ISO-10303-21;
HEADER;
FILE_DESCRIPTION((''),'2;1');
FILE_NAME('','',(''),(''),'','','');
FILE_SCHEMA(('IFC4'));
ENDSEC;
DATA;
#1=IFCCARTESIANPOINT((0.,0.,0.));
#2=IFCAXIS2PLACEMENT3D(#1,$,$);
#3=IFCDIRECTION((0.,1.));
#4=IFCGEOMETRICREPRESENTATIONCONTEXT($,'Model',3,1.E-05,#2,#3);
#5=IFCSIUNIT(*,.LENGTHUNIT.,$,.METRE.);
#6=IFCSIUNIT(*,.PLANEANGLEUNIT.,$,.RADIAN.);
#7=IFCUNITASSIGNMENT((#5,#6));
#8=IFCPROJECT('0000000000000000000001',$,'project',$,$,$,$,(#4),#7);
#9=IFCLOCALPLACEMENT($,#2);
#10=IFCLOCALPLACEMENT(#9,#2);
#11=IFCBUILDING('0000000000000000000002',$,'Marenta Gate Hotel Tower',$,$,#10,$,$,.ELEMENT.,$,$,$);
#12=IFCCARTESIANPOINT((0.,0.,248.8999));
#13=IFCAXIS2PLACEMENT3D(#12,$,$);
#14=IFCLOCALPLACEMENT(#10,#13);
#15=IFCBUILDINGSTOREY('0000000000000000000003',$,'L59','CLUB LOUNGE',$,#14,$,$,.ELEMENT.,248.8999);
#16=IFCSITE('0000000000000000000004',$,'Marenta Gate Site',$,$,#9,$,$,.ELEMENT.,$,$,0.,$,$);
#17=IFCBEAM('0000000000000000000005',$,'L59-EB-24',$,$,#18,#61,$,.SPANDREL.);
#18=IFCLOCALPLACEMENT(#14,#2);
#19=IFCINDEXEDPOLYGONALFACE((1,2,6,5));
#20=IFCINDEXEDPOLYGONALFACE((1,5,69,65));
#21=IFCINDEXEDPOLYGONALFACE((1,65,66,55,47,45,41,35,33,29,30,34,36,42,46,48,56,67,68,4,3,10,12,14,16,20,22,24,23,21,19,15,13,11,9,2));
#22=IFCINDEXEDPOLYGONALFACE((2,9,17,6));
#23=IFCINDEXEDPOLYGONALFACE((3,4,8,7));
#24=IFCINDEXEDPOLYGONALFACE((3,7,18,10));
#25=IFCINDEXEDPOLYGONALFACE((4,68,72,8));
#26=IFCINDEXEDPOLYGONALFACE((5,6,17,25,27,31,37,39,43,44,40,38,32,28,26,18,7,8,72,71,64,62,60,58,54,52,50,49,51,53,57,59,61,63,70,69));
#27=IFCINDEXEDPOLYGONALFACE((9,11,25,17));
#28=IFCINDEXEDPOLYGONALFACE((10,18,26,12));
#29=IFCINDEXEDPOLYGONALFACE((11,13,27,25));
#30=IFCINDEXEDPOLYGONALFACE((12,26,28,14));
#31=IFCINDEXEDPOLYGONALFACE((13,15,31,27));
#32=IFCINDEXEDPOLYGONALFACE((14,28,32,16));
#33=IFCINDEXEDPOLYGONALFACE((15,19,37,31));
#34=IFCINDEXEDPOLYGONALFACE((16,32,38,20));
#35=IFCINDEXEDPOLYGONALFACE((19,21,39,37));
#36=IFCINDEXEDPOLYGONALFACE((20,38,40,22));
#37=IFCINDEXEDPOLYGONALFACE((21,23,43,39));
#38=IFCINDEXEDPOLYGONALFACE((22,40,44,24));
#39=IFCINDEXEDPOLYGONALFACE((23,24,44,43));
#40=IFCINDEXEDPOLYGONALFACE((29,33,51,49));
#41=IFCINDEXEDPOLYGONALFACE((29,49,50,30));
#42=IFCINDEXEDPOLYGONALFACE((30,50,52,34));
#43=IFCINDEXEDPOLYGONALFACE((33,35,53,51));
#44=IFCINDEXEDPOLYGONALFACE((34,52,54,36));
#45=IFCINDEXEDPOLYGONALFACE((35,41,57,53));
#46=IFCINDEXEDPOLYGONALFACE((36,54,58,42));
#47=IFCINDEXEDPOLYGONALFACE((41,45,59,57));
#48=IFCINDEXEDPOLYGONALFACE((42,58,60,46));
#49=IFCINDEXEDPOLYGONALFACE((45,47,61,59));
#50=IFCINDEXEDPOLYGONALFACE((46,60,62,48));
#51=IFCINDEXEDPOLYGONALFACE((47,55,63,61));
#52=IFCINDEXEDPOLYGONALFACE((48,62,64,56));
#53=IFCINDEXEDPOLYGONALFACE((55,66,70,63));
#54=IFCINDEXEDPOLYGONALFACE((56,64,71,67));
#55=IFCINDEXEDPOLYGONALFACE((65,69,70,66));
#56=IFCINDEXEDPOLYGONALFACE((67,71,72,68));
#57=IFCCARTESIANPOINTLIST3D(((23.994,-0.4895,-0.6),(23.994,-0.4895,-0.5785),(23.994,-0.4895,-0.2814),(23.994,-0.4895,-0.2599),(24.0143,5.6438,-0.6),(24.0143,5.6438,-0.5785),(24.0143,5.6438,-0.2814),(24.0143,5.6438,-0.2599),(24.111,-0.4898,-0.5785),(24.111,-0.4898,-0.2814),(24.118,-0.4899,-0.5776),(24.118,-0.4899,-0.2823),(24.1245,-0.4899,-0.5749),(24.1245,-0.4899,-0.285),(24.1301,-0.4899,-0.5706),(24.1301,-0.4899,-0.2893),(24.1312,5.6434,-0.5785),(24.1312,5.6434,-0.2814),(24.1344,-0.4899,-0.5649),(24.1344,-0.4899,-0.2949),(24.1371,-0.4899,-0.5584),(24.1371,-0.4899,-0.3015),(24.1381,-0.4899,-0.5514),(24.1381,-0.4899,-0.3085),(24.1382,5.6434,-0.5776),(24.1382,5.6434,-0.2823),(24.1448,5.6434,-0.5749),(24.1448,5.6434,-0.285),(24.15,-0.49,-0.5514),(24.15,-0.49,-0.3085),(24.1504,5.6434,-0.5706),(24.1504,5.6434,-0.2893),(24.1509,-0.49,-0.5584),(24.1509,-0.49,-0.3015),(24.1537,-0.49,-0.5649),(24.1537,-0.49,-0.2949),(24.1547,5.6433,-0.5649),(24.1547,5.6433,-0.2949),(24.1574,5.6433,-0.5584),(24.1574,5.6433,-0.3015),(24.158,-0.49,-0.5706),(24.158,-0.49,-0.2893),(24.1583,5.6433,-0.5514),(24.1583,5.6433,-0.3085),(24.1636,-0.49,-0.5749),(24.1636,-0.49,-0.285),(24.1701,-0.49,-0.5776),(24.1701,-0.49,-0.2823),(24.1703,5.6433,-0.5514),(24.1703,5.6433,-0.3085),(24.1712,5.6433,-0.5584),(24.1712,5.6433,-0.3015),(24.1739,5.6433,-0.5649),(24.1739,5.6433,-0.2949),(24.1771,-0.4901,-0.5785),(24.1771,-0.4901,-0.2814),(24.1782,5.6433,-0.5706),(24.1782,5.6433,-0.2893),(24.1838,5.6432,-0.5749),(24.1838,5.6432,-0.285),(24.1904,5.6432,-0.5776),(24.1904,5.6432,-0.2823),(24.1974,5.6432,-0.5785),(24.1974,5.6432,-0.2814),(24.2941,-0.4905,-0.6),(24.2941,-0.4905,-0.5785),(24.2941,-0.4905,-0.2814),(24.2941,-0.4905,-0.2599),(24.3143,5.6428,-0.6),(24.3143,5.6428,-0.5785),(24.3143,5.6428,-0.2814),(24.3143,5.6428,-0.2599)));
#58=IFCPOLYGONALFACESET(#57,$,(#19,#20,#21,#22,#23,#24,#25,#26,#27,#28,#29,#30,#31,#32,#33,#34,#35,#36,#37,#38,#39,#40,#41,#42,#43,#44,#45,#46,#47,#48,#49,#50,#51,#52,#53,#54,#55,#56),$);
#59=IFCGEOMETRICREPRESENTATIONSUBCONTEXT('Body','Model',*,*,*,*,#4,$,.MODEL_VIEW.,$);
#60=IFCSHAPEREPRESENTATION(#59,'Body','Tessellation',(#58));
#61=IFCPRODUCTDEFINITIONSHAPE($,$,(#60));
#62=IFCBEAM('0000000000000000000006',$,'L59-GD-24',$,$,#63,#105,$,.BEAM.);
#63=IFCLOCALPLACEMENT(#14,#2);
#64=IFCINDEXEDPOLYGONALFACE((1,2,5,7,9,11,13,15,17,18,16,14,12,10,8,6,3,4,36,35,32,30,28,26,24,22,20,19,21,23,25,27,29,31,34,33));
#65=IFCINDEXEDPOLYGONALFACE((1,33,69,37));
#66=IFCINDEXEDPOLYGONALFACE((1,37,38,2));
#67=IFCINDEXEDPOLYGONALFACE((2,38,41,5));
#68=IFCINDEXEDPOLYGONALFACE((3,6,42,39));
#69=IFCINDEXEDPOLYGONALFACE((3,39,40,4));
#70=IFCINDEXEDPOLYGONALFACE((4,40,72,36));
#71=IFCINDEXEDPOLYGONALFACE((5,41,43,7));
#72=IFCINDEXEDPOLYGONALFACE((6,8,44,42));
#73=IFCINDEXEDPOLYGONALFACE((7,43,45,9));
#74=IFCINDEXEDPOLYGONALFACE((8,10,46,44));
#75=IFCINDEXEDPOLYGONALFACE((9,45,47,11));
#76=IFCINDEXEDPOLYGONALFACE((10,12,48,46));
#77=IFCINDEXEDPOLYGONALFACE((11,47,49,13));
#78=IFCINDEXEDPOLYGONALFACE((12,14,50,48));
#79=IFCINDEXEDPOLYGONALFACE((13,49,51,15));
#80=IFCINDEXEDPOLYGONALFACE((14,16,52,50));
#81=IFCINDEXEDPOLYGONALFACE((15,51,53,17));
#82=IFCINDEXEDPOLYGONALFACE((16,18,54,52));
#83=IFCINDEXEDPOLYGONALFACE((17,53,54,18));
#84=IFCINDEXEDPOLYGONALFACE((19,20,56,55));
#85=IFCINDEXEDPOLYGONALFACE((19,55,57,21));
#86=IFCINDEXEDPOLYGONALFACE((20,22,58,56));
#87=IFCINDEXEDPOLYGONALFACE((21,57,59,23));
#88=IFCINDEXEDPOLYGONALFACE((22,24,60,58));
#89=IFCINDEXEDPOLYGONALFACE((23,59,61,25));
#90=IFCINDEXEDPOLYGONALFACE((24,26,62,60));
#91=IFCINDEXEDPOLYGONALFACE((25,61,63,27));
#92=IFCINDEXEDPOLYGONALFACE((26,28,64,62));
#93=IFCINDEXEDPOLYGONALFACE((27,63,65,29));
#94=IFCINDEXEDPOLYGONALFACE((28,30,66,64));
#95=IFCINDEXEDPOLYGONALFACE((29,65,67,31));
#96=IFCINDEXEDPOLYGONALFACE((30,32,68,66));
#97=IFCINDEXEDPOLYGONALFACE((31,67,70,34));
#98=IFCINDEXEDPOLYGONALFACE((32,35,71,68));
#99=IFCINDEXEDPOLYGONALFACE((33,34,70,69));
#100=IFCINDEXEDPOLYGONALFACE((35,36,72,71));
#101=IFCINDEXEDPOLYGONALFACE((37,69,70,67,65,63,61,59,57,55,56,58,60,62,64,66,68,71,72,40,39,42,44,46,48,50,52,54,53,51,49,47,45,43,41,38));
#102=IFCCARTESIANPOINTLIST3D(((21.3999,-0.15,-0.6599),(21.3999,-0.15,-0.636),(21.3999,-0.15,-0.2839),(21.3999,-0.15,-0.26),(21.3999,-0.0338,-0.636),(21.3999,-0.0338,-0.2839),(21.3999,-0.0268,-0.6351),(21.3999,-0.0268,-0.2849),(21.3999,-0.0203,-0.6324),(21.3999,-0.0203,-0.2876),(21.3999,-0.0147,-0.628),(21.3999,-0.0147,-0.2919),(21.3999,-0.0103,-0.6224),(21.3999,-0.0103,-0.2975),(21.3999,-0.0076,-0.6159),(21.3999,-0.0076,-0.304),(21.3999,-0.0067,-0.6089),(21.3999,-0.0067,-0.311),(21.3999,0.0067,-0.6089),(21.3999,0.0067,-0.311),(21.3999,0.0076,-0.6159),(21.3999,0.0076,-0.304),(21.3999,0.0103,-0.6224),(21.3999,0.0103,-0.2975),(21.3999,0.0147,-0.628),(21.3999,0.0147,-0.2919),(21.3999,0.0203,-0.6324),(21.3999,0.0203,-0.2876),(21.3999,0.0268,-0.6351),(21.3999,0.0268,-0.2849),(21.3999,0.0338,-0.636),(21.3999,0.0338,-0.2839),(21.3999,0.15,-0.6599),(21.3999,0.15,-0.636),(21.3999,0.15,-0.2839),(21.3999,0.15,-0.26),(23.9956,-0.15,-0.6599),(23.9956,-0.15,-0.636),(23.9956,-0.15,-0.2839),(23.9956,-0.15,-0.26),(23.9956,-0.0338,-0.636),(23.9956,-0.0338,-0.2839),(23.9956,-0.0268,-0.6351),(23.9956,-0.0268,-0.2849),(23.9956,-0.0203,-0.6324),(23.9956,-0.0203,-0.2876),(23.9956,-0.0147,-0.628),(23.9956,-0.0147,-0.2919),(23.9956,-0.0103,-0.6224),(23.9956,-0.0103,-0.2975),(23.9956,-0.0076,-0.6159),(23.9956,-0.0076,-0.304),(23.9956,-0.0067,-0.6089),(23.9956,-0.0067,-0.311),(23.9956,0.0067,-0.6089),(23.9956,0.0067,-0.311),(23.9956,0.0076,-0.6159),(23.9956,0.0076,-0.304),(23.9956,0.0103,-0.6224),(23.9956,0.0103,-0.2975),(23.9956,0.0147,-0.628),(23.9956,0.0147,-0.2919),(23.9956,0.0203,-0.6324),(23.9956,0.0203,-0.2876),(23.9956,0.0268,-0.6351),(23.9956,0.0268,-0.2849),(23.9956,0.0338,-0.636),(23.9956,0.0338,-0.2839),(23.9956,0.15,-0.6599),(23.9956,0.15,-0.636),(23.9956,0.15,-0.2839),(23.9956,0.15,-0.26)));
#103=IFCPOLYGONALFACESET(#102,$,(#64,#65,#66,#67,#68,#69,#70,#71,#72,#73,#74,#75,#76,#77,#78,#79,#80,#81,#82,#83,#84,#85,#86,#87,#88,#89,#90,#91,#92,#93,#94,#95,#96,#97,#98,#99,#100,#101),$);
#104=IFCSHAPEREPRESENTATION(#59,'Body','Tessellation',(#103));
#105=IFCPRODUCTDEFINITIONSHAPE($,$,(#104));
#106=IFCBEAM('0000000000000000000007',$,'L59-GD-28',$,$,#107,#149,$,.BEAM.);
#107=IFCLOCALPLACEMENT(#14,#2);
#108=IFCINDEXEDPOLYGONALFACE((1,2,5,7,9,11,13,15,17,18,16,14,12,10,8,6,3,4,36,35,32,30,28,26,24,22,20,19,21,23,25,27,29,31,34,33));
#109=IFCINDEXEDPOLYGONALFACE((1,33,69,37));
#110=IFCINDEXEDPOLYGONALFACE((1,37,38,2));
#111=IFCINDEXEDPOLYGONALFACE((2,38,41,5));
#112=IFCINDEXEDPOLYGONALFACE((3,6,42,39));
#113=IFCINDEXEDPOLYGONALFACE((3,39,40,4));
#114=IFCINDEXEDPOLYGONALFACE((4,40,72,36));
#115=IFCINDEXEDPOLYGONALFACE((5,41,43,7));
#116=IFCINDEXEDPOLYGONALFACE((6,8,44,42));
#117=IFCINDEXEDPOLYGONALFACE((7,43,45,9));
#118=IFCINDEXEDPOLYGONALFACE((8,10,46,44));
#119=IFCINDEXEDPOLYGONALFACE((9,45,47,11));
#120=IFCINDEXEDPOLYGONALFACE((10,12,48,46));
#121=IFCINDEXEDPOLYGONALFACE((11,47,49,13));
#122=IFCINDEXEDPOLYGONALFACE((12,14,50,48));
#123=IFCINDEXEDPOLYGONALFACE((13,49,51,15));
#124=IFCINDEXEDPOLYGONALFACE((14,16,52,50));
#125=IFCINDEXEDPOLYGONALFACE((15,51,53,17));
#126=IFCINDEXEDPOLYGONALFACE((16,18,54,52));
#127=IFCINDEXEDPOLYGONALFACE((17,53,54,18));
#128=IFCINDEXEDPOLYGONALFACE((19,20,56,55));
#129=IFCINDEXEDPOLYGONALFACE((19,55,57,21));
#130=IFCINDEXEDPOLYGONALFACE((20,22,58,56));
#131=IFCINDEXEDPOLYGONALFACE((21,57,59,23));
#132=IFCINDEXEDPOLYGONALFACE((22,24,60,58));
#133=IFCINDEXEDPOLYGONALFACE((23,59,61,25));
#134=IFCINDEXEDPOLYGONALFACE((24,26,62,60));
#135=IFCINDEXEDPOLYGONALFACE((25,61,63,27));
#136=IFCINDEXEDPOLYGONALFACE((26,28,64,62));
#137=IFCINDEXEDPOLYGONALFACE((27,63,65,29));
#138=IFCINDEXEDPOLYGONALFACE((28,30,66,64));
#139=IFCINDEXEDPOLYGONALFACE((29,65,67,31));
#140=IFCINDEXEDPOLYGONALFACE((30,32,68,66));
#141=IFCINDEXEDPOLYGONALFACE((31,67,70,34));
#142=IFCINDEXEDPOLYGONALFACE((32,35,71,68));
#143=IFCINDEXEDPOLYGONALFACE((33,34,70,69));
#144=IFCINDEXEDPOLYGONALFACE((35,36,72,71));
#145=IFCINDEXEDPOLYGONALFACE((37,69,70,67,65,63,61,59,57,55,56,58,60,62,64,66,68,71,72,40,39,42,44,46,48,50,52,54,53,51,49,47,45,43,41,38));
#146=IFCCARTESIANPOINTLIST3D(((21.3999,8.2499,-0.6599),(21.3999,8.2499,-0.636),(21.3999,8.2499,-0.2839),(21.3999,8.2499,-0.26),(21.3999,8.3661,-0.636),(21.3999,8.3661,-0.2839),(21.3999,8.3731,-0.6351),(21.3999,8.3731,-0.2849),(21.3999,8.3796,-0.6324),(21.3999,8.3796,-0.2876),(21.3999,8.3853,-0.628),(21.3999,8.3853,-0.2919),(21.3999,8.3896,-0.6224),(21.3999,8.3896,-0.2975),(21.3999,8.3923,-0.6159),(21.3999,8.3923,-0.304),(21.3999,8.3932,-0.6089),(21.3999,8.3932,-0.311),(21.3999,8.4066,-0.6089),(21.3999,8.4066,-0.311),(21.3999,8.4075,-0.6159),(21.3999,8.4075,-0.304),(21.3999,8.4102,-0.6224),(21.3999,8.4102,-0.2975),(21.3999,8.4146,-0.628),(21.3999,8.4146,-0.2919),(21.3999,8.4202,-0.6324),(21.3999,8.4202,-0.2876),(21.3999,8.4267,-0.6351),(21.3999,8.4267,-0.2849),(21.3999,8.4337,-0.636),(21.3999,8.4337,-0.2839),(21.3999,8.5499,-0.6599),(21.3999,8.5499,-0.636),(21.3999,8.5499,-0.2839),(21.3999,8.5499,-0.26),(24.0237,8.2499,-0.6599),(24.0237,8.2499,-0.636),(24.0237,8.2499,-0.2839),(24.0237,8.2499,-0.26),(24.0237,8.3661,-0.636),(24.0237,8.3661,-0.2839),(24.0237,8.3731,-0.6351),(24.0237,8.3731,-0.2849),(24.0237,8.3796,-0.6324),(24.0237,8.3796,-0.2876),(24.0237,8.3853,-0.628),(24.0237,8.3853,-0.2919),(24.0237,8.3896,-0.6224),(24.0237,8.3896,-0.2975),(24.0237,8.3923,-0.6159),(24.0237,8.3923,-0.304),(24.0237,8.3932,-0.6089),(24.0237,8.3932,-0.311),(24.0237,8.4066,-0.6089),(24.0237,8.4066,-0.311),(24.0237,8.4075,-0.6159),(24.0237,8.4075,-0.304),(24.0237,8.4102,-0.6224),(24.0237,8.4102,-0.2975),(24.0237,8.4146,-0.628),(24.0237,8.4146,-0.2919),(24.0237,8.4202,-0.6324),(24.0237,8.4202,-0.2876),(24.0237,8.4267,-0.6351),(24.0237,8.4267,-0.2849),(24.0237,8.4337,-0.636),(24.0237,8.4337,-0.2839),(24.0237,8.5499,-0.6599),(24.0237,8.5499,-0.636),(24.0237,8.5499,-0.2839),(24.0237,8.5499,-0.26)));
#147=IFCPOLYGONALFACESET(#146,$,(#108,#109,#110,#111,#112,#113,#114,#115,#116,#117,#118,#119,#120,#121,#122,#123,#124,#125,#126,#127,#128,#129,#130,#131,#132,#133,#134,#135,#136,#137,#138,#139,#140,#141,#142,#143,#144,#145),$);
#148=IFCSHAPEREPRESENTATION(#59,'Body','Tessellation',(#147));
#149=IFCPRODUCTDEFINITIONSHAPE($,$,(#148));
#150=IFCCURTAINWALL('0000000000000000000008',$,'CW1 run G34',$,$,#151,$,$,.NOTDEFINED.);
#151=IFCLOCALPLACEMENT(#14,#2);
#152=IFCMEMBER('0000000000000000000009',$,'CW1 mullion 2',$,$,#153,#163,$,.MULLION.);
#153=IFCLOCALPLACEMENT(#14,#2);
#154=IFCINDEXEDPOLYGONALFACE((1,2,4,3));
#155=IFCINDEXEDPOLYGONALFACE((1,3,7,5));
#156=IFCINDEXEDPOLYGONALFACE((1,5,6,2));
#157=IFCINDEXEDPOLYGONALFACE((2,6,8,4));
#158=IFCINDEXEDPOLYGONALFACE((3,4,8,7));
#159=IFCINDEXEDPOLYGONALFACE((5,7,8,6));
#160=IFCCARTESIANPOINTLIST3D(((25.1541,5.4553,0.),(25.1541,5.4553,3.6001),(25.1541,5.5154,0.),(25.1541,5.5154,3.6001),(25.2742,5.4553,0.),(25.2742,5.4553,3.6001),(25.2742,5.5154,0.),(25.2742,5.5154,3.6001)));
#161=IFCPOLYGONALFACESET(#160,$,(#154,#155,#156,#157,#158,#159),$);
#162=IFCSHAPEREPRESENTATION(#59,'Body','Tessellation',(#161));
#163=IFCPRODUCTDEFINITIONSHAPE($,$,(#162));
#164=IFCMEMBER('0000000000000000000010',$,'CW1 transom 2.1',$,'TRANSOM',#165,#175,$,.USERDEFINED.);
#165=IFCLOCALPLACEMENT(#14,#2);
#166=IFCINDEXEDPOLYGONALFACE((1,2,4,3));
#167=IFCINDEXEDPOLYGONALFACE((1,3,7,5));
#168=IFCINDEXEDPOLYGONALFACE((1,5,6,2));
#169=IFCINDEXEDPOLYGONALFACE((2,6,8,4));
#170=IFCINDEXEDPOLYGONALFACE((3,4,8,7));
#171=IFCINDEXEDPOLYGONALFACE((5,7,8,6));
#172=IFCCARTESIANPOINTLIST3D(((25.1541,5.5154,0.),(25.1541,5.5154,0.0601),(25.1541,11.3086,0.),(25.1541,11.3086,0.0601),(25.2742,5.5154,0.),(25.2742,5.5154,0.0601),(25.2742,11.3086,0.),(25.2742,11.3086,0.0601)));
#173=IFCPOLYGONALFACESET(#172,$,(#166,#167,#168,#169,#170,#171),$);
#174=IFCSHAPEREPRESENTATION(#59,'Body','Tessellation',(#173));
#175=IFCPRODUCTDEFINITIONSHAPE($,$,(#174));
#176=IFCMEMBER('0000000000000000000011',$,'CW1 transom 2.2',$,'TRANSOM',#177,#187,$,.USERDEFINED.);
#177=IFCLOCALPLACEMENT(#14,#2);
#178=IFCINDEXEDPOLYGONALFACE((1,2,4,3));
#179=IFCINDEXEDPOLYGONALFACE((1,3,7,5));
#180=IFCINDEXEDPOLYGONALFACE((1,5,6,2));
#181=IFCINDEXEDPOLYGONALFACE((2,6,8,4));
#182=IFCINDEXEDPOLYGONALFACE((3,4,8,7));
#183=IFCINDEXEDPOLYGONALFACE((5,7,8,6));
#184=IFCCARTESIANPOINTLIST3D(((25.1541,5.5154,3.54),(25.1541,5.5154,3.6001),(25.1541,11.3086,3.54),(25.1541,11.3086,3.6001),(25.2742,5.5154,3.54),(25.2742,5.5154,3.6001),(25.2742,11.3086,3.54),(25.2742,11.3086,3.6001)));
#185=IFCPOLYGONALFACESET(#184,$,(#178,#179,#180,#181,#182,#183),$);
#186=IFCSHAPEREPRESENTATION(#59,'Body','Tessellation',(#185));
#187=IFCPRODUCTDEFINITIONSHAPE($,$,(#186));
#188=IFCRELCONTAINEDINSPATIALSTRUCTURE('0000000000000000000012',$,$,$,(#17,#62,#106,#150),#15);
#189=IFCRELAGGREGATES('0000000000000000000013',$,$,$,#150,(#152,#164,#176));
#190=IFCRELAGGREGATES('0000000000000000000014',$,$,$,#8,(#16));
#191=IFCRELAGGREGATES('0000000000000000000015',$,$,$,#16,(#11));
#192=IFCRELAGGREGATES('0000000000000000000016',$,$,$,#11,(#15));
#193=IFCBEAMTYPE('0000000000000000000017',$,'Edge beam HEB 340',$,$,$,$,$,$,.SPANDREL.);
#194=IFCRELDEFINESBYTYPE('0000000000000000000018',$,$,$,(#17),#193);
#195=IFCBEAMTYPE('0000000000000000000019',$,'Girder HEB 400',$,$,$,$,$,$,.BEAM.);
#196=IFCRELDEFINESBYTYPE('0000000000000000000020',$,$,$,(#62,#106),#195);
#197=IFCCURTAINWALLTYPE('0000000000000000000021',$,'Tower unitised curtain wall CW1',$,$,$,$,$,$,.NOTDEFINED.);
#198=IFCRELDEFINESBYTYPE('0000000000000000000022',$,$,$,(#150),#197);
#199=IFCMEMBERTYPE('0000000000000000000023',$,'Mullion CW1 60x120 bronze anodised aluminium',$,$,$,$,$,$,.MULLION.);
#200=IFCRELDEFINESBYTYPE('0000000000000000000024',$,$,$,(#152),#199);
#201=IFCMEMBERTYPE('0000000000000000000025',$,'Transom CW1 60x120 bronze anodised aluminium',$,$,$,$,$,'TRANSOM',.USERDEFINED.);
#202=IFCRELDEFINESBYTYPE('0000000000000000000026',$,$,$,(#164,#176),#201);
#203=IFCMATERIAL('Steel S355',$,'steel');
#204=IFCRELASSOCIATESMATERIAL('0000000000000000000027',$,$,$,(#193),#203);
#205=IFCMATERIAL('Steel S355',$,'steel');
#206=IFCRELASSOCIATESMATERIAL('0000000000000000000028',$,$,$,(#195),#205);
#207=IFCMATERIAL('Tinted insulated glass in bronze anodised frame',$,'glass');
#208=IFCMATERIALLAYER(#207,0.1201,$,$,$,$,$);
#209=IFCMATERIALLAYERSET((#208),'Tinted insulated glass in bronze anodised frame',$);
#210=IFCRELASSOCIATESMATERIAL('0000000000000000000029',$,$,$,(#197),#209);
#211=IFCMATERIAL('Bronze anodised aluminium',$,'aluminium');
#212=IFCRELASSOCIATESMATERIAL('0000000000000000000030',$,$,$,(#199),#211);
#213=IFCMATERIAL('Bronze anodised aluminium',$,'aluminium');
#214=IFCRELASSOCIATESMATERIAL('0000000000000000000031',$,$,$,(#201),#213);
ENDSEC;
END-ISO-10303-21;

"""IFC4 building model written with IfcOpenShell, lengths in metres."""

from ifc_helpers import new_model, si_unit, direction, frame, origin, origin_2d, place, context, subcontext, project, spatial, rectangle, i_section, extrude, material, layer, layer_set, material_profile, profile_set, type_object, element, aggregate, save


model = new_model("IFC4")

# Units and contexts
model_context = context("Model", 3, precision=1e-05, world=origin(), true_north=direction((0.0, 1.0)))
body_context = subcontext(model_context, "Body", "Model", "MODEL_VIEW")
ifc_project = project(units=[si_unit("LENGTHUNIT", "METRE"), si_unit("PLANEANGLEUNIT", "RADIAN")], contexts=[model_context])

# Site, building, storey
site_placement = place(None, origin())
site = spatial("IfcSite", under=ifc_project, at=site_placement, Name="Marenta Gate Site", CompositionType="ELEMENT", RefElevation=0.0)
building_placement = place(site_placement, origin())
building = spatial("IfcBuilding", under=site, at=building_placement, Name="Marenta Gate Hotel Tower", CompositionType="ELEMENT")
storey_placement = place(building_placement, frame((0.0, 0.0, 248.8999)))
storey = spatial("IfcBuildingStorey", under=building, at=storey_placement, Name="L59", Description="CLUB LOUNGE", CompositionType="ELEMENT", Elevation=248.8999)

# Beams
ifc_material_1 = material(Name="Steel S355", Category="steel")
ifc_material_profile_1 = material_profile(ifc_material_1, i_section(OverallWidth=0.3, OverallDepth=0.3401, WebThickness=0.012, FlangeThickness=0.0215, FilletRadius=0.0271, at=origin_2d()), Name="HEB 340")
ifc_profile_set_1 = profile_set([ifc_material_profile_1], Name="Steel S355")
beam_type_1 = type_object("IfcBeamType", Name="Edge beam HEB 340", PredefinedType="SPANDREL", material=ifc_profile_set_1)
beam_1_placement = place(storey_placement, frame((24.1643, 5.6433, -0.4299), z_axis=(-0.003304, -0.999995, 0.0), x_axis=(0.999995, -0.003304, 0.0)))
element("IfcBeam", 1, at=beam_1_placement, inside=storey, type_object=beam_type_1, Name="L59-EB-24", PredefinedType="SPANDREL", context=body_context, shape_type="SweptSolid", body=[
    extrude(i_section(OverallWidth=0.3, OverallDepth=0.3401, WebThickness=0.012, FlangeThickness=0.0215, FilletRadius=0.0271, at=origin_2d()), origin(), (0.0, 0.0, 1.0), 6.1333),
])
ifc_material_2 = material(Name="Steel S355", Category="steel")
ifc_material_profile_2 = material_profile(ifc_material_2, i_section(OverallWidth=0.3, OverallDepth=0.3999, WebThickness=0.0134, FlangeThickness=0.0239, FilletRadius=0.0271, at=origin_2d()), Name="HEB 400")
ifc_profile_set_2 = profile_set([ifc_material_profile_2], Name="Steel S355")
beam_type_2 = type_object("IfcBeamType", Name="Girder HEB 400", PredefinedType="BEAM", material=ifc_profile_set_2)
beam_2_placement = place(storey_placement, frame((21.3999, 0.0, -0.46), z_axis=(1.0, 0.0, 0.0), x_axis=(0.0, 1.0, 0.0)))
element("IfcBeam", 2, at=beam_2_placement, inside=storey, type_object=beam_type_2, Name="L59-GD-24", PredefinedType="BEAM", context=body_context, shape_type="SweptSolid", body=[
    extrude(i_section(OverallWidth=0.3, OverallDepth=0.3999, WebThickness=0.0134, FlangeThickness=0.0239, FilletRadius=0.0271, at=origin_2d()), origin(), (0.0, 0.0, 1.0), 2.5957),
])
beam_3_placement = place(storey_placement, frame((21.3999, 8.3999, -0.46), z_axis=(1.0, 0.0, 0.0), x_axis=(0.0, 1.0, 0.0)))
element("IfcBeam", 3, at=beam_3_placement, inside=storey, type_object=beam_type_2, Name="L59-GD-28", PredefinedType="BEAM", context=body_context, shape_type="SweptSolid", body=[
    extrude(i_section(OverallWidth=0.3, OverallDepth=0.3999, WebThickness=0.0134, FlangeThickness=0.0239, FilletRadius=0.0271, at=origin_2d()), origin(), (0.0, 0.0, 1.0), 2.6238),
])

# Curtain wall, members
ifc_material_3 = material(Name="Tinted insulated glass in bronze anodised frame", Category="glass")
ifc_layer_1 = layer(ifc_material_3, 0.1201)
ifc_layer_set_1 = layer_set([ifc_layer_1], Name="Tinted insulated glass in bronze anodised frame")
curtain_wall_type = type_object("IfcCurtainWallType", Name="Tower unitised curtain wall CW1", PredefinedType="NOTDEFINED", material=ifc_layer_set_1)
curtain_wall_placement = place(storey_placement, origin())
curtain_wall = element("IfcCurtainWall", 4, at=curtain_wall_placement, inside=storey, type_object=curtain_wall_type, Name="CW1 run G34", PredefinedType="NOTDEFINED")
ifc_material_4 = material(Name="Bronze anodised aluminium", Category="aluminium")
ifc_material_profile_3 = material_profile(ifc_material_4, rectangle(XDim=0.1201, YDim=0.0601, at=origin_2d()), Name="Mullion CW1 60x120 bronze anodised aluminium")
ifc_profile_set_3 = profile_set([ifc_material_profile_3], Name="Bronze anodised aluminium")
member_type_1 = type_object("IfcMemberType", Name="Mullion CW1 60x120 bronze anodised aluminium", PredefinedType="MULLION", material=ifc_profile_set_3)
member_1_placement = place(storey_placement, frame((25.2141, 5.4854, 0.0), z_axis=(0.0, 0.0, 1.0), x_axis=(-1.0, 0.0, 0.0)))
member_1 = element("IfcMember", 5, at=member_1_placement, type_object=member_type_1, Name="CW1 mullion 2", PredefinedType="MULLION", context=body_context, shape_type="SweptSolid", body=[
    extrude(rectangle(XDim=0.1201, YDim=0.0601, at=origin_2d()), origin(), (0.0, 0.0, 1.0), 3.6001),
])
ifc_material_5 = material(Name="Bronze anodised aluminium", Category="aluminium")
ifc_material_profile_4 = material_profile(ifc_material_5, rectangle(XDim=0.1201, YDim=0.0601, at=origin_2d()), Name="Transom CW1 60x120 bronze anodised aluminium")
ifc_profile_set_4 = profile_set([ifc_material_profile_4], Name="Bronze anodised aluminium")
member_type_2 = type_object("IfcMemberType", Name="Transom CW1 60x120 bronze anodised aluminium", ElementType="TRANSOM", PredefinedType="USERDEFINED", material=ifc_profile_set_4)
member_2_placement = place(storey_placement, frame((25.2141, 5.5154, 0.03), z_axis=(0.0, 1.0, 0.0), x_axis=(-1.0, 0.0, 0.0)))
member_2 = element("IfcMember", 6, at=member_2_placement, type_object=member_type_2, Name="CW1 transom 2.1", ObjectType="TRANSOM", PredefinedType="USERDEFINED", context=body_context, shape_type="SweptSolid", body=[
    extrude(rectangle(XDim=0.1201, YDim=0.0601, at=origin_2d()), origin(), (0.0, 0.0, 1.0), 5.7932),
])
member_3_placement = place(storey_placement, frame((25.2141, 5.5154, 3.5701), z_axis=(0.0, 1.0, 0.0), x_axis=(-1.0, 0.0, 0.0)))
member_3 = element("IfcMember", 7, at=member_3_placement, type_object=member_type_2, Name="CW1 transom 2.2", ObjectType="TRANSOM", PredefinedType="USERDEFINED", context=body_context, shape_type="SweptSolid", body=[
    extrude(rectangle(XDim=0.1201, YDim=0.0601, at=origin_2d()), origin(), (0.0, 0.0, 1.0), 5.7932),
])
aggregate(curtain_wall, [member_1, member_2, member_3])

save(model, "model.ifc")
